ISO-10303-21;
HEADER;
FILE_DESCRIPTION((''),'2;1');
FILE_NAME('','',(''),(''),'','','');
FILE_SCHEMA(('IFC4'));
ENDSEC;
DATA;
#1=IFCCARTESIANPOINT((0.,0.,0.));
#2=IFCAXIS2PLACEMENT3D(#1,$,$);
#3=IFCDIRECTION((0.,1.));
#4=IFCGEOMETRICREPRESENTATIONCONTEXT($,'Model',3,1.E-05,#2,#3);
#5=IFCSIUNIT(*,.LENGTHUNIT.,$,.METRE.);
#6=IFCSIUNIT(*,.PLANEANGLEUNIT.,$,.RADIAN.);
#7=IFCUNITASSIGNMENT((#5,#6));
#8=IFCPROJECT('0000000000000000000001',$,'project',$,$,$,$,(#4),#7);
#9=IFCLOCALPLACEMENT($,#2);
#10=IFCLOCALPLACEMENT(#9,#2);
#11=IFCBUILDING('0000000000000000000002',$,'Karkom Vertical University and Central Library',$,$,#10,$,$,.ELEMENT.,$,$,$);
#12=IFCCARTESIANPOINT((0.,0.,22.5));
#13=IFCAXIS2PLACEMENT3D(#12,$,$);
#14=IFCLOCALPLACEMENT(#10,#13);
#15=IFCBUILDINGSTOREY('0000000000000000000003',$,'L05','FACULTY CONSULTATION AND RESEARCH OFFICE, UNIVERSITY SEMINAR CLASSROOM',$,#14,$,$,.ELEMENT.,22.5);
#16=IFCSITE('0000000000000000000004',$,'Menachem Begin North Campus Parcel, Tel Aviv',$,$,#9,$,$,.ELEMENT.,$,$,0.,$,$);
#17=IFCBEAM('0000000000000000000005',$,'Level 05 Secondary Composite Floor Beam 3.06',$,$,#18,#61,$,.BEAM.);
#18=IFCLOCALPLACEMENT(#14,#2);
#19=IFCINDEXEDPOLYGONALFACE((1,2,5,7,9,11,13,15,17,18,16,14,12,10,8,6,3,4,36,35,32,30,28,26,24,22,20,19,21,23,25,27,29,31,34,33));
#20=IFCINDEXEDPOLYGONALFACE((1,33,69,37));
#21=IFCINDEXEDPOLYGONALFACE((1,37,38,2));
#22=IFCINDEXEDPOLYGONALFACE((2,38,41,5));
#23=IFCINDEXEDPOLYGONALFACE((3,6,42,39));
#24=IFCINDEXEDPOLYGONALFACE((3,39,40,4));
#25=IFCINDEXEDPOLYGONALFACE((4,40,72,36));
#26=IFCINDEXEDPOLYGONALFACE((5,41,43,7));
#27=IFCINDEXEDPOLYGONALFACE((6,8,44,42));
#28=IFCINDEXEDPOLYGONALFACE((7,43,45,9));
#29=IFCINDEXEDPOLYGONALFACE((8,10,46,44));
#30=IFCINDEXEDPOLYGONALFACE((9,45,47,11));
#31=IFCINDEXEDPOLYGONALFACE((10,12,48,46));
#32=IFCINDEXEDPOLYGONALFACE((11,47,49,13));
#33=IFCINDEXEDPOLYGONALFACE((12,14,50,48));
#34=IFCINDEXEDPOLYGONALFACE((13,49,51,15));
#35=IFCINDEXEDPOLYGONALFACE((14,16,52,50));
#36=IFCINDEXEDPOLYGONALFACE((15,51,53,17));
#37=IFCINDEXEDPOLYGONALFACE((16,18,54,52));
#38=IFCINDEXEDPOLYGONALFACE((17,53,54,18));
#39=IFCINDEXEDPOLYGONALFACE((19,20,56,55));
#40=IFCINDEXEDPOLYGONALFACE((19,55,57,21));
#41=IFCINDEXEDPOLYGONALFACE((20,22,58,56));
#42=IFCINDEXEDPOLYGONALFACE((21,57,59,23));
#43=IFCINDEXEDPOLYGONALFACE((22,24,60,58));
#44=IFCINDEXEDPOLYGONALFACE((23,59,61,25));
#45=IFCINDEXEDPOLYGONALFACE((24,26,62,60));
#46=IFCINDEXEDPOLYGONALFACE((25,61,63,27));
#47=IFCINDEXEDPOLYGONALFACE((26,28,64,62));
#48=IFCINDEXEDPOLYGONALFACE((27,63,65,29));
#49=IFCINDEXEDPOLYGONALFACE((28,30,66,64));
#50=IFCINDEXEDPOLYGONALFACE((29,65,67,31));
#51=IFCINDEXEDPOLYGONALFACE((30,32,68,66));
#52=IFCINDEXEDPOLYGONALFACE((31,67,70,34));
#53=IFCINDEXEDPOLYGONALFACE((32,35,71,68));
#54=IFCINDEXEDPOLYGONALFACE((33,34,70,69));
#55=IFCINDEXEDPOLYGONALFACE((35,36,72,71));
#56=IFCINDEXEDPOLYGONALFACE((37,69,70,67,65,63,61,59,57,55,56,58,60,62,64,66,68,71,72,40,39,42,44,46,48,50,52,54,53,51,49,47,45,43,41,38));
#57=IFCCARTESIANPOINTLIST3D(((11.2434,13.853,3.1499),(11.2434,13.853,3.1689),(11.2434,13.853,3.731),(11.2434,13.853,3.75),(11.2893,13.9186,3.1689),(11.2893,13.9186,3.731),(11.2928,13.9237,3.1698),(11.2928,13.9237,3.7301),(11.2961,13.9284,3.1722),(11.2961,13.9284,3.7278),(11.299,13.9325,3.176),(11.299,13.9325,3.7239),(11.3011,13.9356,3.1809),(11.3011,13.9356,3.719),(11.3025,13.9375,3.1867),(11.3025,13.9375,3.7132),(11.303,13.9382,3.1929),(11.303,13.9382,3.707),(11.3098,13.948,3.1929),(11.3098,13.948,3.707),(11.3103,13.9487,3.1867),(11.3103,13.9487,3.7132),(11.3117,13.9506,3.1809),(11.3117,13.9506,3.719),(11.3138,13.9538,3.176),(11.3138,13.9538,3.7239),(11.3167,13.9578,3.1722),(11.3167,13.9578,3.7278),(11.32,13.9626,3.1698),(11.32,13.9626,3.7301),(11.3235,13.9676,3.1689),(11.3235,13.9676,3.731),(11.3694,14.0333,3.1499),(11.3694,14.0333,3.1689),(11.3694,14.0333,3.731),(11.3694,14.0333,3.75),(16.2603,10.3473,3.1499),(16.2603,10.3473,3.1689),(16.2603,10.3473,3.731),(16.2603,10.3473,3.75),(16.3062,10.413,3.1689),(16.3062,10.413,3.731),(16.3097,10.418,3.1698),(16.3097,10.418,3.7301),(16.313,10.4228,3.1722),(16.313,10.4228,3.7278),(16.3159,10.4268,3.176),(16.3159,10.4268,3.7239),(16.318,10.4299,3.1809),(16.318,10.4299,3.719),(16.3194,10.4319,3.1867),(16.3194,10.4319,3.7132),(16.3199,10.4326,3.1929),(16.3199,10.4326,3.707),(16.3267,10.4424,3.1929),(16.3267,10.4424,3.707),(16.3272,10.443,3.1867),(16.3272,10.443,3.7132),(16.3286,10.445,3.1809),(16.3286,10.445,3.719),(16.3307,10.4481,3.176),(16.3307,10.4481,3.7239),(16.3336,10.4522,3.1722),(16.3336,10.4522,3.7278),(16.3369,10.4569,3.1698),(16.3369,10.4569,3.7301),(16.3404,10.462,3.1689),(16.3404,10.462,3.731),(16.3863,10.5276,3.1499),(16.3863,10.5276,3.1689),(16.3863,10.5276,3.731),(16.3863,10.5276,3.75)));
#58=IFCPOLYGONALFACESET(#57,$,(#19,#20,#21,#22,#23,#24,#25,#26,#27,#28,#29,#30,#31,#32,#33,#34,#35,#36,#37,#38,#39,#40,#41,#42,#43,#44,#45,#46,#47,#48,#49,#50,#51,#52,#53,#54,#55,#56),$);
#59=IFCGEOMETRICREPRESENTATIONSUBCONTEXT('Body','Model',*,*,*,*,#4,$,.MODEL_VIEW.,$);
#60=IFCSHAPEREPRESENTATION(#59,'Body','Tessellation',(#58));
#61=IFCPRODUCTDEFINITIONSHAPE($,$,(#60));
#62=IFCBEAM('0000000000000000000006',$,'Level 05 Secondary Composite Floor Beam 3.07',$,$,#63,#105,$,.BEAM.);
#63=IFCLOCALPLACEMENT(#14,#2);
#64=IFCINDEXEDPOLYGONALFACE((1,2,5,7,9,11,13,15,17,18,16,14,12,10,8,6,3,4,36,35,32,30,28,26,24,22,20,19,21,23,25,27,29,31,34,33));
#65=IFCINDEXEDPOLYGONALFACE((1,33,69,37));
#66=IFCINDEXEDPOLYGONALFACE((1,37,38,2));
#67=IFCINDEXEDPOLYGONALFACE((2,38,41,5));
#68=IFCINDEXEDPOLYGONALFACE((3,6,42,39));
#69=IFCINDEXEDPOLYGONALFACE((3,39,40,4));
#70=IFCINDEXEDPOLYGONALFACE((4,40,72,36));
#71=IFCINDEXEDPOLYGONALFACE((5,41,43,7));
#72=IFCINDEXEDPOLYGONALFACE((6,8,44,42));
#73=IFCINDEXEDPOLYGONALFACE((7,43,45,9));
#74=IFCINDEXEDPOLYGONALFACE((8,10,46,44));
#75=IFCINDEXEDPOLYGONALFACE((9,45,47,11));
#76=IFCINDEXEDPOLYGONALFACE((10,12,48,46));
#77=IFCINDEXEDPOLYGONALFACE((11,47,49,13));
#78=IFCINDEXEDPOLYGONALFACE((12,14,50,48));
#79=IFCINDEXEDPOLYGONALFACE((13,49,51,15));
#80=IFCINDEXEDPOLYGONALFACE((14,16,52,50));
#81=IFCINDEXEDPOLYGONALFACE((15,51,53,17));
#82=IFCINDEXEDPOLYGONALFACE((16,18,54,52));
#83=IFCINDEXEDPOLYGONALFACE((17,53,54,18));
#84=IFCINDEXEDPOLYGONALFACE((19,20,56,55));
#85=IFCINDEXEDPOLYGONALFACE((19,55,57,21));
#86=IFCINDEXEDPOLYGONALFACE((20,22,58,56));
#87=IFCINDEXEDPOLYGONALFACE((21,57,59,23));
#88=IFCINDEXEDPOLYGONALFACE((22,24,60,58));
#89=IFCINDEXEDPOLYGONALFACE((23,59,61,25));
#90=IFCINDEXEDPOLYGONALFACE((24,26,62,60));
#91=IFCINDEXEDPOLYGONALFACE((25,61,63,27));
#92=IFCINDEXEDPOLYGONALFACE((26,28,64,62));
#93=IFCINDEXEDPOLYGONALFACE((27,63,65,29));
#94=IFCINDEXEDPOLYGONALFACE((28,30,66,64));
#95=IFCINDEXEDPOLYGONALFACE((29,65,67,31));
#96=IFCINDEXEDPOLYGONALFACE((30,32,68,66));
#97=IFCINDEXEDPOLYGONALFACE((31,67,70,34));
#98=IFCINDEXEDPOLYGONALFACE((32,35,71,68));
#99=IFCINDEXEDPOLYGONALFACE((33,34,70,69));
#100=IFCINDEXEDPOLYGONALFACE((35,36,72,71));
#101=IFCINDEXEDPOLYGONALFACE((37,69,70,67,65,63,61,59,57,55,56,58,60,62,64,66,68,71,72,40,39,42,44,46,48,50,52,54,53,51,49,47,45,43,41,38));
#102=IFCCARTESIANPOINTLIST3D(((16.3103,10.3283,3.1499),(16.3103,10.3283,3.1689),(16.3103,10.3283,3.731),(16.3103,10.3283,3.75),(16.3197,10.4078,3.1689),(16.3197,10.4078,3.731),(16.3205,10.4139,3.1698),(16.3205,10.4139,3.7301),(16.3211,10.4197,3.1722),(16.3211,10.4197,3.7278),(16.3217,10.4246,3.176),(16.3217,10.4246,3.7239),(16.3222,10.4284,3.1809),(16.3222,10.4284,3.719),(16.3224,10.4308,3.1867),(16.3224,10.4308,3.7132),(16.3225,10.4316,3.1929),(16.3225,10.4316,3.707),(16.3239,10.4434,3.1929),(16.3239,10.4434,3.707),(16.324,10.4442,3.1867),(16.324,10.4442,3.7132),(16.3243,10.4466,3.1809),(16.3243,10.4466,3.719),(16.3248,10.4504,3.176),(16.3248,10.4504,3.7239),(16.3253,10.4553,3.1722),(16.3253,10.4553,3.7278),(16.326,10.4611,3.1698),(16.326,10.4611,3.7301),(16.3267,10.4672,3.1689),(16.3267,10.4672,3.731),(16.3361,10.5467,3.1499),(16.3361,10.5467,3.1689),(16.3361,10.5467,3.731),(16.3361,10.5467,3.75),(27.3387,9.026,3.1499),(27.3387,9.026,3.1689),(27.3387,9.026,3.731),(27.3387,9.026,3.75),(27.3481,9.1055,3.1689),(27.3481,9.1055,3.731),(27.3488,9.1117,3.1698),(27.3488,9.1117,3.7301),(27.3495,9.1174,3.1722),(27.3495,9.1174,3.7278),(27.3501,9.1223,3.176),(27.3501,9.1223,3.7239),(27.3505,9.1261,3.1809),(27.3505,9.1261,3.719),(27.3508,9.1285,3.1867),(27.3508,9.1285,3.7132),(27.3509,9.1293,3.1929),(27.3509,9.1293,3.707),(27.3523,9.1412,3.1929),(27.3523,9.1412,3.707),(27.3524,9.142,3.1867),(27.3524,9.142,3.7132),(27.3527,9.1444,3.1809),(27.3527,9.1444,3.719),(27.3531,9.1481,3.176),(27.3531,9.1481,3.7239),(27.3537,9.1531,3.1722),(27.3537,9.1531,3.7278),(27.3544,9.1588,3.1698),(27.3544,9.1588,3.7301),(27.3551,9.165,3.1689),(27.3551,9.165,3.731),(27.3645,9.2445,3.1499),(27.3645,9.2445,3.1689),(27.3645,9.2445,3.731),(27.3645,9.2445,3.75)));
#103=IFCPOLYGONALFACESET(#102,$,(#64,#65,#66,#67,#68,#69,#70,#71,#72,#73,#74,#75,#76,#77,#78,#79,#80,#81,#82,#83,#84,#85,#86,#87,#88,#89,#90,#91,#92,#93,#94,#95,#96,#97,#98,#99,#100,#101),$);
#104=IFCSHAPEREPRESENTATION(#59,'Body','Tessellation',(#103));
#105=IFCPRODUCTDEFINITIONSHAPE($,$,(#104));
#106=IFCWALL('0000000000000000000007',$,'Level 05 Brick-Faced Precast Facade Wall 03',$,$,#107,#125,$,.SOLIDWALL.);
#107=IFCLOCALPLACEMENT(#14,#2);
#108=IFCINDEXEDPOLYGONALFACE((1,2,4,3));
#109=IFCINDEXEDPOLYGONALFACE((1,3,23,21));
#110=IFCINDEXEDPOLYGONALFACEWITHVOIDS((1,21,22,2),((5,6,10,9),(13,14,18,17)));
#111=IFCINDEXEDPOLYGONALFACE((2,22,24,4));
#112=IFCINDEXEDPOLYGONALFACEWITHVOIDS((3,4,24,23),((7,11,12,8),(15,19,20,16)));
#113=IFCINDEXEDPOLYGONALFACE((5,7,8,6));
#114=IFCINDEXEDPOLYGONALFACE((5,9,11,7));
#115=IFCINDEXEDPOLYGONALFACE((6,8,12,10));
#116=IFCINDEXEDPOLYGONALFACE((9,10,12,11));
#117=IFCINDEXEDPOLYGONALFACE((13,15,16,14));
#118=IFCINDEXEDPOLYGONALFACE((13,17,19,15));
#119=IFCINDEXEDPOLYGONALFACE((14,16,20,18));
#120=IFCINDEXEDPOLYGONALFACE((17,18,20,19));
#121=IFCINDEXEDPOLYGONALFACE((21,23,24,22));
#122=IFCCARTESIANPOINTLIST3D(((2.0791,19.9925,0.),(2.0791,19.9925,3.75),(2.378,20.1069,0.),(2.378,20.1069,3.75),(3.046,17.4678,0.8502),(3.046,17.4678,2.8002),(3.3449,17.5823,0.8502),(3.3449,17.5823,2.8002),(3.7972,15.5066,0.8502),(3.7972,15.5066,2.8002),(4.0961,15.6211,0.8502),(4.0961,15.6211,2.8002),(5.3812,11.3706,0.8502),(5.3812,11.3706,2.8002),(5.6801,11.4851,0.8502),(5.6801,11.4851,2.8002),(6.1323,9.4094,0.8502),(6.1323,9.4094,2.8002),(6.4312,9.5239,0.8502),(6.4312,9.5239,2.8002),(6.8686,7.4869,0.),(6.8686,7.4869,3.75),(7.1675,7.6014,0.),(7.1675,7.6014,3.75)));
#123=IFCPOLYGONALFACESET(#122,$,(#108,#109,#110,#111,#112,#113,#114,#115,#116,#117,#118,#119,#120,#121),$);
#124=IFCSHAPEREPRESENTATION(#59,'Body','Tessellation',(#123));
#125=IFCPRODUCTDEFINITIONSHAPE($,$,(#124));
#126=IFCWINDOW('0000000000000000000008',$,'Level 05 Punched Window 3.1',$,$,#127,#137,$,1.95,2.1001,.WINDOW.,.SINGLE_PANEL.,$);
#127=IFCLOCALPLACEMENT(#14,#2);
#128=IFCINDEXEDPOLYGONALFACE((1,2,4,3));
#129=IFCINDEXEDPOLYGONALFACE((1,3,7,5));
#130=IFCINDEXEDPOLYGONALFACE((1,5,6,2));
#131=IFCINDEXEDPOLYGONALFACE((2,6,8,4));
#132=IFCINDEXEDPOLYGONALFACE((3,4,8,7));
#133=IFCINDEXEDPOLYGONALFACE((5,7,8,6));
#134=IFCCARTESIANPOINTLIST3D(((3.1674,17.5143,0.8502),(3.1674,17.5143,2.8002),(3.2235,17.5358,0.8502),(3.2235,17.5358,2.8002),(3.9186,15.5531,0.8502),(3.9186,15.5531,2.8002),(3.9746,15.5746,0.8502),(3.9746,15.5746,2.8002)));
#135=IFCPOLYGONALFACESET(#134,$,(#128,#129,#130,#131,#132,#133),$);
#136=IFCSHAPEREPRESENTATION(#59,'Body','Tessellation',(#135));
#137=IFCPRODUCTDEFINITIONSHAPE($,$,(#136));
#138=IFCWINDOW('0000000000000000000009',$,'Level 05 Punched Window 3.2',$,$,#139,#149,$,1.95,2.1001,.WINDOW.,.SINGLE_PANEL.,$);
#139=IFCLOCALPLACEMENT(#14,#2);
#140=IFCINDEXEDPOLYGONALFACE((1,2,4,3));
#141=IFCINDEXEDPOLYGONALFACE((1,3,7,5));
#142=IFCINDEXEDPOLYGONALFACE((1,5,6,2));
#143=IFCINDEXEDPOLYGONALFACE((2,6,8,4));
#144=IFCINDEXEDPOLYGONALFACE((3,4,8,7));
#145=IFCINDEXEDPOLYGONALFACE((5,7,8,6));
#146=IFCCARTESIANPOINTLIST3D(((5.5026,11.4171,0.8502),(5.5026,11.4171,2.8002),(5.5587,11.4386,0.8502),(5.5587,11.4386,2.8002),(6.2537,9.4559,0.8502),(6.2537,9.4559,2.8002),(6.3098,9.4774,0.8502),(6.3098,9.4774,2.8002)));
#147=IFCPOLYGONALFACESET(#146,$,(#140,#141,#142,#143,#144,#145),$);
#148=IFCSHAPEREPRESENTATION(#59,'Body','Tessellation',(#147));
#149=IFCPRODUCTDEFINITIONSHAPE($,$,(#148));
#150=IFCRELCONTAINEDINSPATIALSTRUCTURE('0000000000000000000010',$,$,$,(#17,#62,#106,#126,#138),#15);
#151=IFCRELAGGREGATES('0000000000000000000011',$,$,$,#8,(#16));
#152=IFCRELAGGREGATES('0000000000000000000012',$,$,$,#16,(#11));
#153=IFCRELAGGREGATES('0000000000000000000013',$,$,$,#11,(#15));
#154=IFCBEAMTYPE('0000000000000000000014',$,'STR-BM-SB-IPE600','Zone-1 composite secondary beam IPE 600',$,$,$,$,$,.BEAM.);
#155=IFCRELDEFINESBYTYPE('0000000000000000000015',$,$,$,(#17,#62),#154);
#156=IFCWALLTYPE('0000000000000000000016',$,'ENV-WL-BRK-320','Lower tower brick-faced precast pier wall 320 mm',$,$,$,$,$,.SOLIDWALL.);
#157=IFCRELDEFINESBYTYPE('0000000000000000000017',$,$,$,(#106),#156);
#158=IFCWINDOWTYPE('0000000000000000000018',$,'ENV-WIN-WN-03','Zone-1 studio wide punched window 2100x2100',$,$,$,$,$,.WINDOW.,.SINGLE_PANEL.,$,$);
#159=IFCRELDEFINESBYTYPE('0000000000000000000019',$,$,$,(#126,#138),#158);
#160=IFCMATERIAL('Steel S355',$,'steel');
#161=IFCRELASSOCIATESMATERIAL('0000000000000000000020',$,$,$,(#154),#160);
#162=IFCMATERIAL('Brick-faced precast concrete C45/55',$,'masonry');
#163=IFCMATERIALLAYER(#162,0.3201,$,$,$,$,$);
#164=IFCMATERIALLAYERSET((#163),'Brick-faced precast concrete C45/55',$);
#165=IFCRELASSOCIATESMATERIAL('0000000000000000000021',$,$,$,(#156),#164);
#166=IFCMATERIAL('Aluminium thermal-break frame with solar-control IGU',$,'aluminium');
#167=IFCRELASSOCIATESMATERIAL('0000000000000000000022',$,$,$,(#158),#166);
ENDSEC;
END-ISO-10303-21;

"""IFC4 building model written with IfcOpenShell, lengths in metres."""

from ifc_helpers import new_model, si_unit, direction, frame, frame_2d, origin, origin_with_axes, origin_2d, place, context, subcontext, project, spatial, rectangle, i_section, extrude, source, transform, mapped, material, layer, layer_set, material_profile, profile_set, type_object, element, fill, save


model = new_model("IFC4")

# Units and contexts
model_context = context("Model", 3, precision=1e-05, world=origin(), true_north=direction((0.0, 1.0)))
body_context = subcontext(model_context, "Body", "Model", "MODEL_VIEW")
ifc_project = project(units=[si_unit("LENGTHUNIT", "METRE"), si_unit("PLANEANGLEUNIT", "RADIAN")], contexts=[model_context])

# Site, building, storey
site_placement = place(None, origin())
site = spatial("IfcSite", under=ifc_project, at=site_placement, Name="Menachem Begin North Campus Parcel, Tel Aviv", CompositionType="ELEMENT", RefElevation=0.0)
building_placement = place(site_placement, origin())
building = spatial("IfcBuilding", under=site, at=building_placement, Name="Karkom Vertical University and Central Library", CompositionType="ELEMENT")
storey_placement = place(building_placement, frame((0.0, 0.0, 22.5)))
storey = spatial("IfcBuildingStorey", under=building, at=storey_placement, Name="L05", Description="FACULTY CONSULTATION AND RESEARCH OFFICE, UNIVERSITY SEMINAR CLASSROOM", CompositionType="ELEMENT", Elevation=22.5)

# Beams
ifc_material_1 = material(Name="Steel S355", Category="steel")
ifc_material_profile_1 = material_profile(ifc_material_1, i_section(OverallWidth=0.22, OverallDepth=0.6001, WebThickness=0.012, FlangeThickness=0.019, FilletRadius=0.0239, at=origin_2d()), Name="IPE 600")
ifc_profile_set_1 = profile_set([ifc_material_profile_1], Name="Steel S355")
beam_type_1 = type_object("IfcBeamType", Name="STR-BM-SB-IPE600", Description="Zone-1 composite secondary beam IPE 600", PredefinedType="BEAM", material=ifc_profile_set_1)
shared_shape_1 = source(origin_with_axes(), body_context, "Body", "SweptSolid", [
    extrude(i_section(OverallWidth=0.22, OverallDepth=0.6001, WebThickness=0.012, FlangeThickness=0.019, FilletRadius=0.0239, at=origin_2d()), origin(), (0.0, 0.0, 1.0), 6.1204),
])
beam_1_placement = place(storey_placement, frame((11.3064, 13.9431, 3.45), z_axis=(0.819706, -0.572785, 0.0), x_axis=(0.572785, 0.819706, 0.0)))
element("IfcBeam", 1, at=beam_1_placement, inside=storey, type_object=beam_type_1, Name="Level 05 Secondary Composite Floor Beam 3.06", PredefinedType="BEAM", context=body_context, shape_type="MappedRepresentation", body=[
    mapped(shared_shape_1, transform((0.0, 0.0, 0.0), scale=1.0)),
])
shared_shape_2 = source(origin_with_axes(), body_context, "Body", "SweptSolid", [
    extrude(i_section(OverallWidth=0.22, OverallDepth=0.6001, WebThickness=0.012, FlangeThickness=0.019, FilletRadius=0.0239, at=origin_2d()), origin(), (0.0, 0.0, 1.0), 11.105),
])
beam_2_placement = place(storey_placement, frame((16.3232, 10.4375, 3.45), z_axis=(0.9931, -0.117267, 0.0), x_axis=(0.117267, 0.9931, 0.0)))
element("IfcBeam", 2, at=beam_2_placement, inside=storey, type_object=beam_type_1, Name="Level 05 Secondary Composite Floor Beam 3.07", PredefinedType="BEAM", context=body_context, shape_type="MappedRepresentation", body=[
    mapped(shared_shape_2, transform((0.0, 0.0, 0.0), scale=1.0)),
])

# Wall, openings, windows
ifc_material_2 = material(Name="Brick-faced precast concrete C45/55", Category="masonry")
ifc_layer_1 = layer(ifc_material_2, 0.3201)
ifc_layer_set_1 = layer_set([ifc_layer_1], Name="Brick-faced precast concrete C45/55")
wall_type_1 = type_object("IfcWallType", Name="ENV-WL-BRK-320", Description="Lower tower brick-faced precast pier wall 320 mm", PredefinedType="SOLIDWALL", material=ifc_layer_set_1)
wall_1_placement = place(storey_placement, frame((2.2285, 20.0498, 0.0), z_axis=(0.0, 0.0, 1.0), x_axis=(0.357658, -0.933853, 0.0)))
wall_1 = element("IfcWall", 3, at=wall_1_placement, inside=storey, type_object=wall_type_1, Name="Level 05 Brick-Faced Precast Facade Wall 03", PredefinedType="SOLIDWALL", context=body_context, shape_type="SweptSolid", body=[
    extrude(rectangle(XDim=13.3914, YDim=0.3201, at=frame_2d((6.6958, 0.0))), origin(), (0.0, 0.0, 1.0), 3.75),
])
opening_1_placement = place(wall_1_placement, frame((2.7036, 0.0, 0.8501)))
opening_1 = element("IfcOpeningElement", 4, at=opening_1_placement, cuts=wall_1, PredefinedType="OPENING", context=body_context, shape_type="SweptSolid", body=[
    extrude(rectangle(XDim=2.1001, YDim=1.95, at=frame_2d((1.05, 0.9751))), frame((0.0, 0.1699, 0.0), z_axis=(0.0, -1.0, 0.0), x_axis=(1.0, 0.0, 0.0)), (0.0, 0.0, 1.0), 0.3401),
])
opening_2_placement = place(wall_1_placement, frame((9.2327, 0.0, 0.8501)))
opening_2 = element("IfcOpeningElement", 5, at=opening_2_placement, cuts=wall_1, PredefinedType="OPENING", context=body_context, shape_type="SweptSolid", body=[
    extrude(rectangle(XDim=2.1001, YDim=1.95, at=frame_2d((1.05, 0.9751))), frame((0.0, 0.1699, 0.0), z_axis=(0.0, -1.0, 0.0), x_axis=(1.0, 0.0, 0.0)), (0.0, 0.0, 1.0), 0.3401),
])
ifc_material_3 = material(Name="Aluminium thermal-break frame with solar-control IGU", Category="aluminium")
window_type = type_object("IfcWindowType", Name="ENV-WIN-WN-03", Description="Zone-1 studio wide punched window 2100x2100", PartitioningType="SINGLE_PANEL", PredefinedType="WINDOW", material=ifc_material_3)
shared_shape_3 = source(origin_with_axes(), body_context, "Body", "SweptSolid", [
    extrude(rectangle(XDim=2.1001, YDim=1.95, at=frame_2d((1.05, 0.9751))), frame((0.0, 0.03, 0.0), z_axis=(0.0, -1.0, 0.0), x_axis=(1.0, 0.0, 0.0)), (0.0, 0.0, 1.0), 0.0601),
])
window_1_placement = place(opening_1_placement, origin())
window_1 = element("IfcWindow", 6, at=window_1_placement, inside=storey, type_object=window_type, Name="Level 05 Punched Window 3.1", OverallHeight=1.95, OverallWidth=2.1001, PartitioningType="SINGLE_PANEL", PredefinedType="WINDOW", context=body_context, shape_type="MappedRepresentation", body=[
    mapped(shared_shape_3, transform((0.0, 0.0, 0.0), scale=1.0)),
])
fill(opening_1, window_1)
window_2_placement = place(opening_2_placement, origin())
window_2 = element("IfcWindow", 7, at=window_2_placement, inside=storey, type_object=window_type, Name="Level 05 Punched Window 3.2", OverallHeight=1.95, OverallWidth=2.1001, PartitioningType="SINGLE_PANEL", PredefinedType="WINDOW", context=body_context, shape_type="MappedRepresentation", body=[
    mapped(shared_shape_3, transform((0.0, 0.0, 0.0), scale=1.0)),
])
fill(opening_2, window_2)

save(model, "model.ifc")
